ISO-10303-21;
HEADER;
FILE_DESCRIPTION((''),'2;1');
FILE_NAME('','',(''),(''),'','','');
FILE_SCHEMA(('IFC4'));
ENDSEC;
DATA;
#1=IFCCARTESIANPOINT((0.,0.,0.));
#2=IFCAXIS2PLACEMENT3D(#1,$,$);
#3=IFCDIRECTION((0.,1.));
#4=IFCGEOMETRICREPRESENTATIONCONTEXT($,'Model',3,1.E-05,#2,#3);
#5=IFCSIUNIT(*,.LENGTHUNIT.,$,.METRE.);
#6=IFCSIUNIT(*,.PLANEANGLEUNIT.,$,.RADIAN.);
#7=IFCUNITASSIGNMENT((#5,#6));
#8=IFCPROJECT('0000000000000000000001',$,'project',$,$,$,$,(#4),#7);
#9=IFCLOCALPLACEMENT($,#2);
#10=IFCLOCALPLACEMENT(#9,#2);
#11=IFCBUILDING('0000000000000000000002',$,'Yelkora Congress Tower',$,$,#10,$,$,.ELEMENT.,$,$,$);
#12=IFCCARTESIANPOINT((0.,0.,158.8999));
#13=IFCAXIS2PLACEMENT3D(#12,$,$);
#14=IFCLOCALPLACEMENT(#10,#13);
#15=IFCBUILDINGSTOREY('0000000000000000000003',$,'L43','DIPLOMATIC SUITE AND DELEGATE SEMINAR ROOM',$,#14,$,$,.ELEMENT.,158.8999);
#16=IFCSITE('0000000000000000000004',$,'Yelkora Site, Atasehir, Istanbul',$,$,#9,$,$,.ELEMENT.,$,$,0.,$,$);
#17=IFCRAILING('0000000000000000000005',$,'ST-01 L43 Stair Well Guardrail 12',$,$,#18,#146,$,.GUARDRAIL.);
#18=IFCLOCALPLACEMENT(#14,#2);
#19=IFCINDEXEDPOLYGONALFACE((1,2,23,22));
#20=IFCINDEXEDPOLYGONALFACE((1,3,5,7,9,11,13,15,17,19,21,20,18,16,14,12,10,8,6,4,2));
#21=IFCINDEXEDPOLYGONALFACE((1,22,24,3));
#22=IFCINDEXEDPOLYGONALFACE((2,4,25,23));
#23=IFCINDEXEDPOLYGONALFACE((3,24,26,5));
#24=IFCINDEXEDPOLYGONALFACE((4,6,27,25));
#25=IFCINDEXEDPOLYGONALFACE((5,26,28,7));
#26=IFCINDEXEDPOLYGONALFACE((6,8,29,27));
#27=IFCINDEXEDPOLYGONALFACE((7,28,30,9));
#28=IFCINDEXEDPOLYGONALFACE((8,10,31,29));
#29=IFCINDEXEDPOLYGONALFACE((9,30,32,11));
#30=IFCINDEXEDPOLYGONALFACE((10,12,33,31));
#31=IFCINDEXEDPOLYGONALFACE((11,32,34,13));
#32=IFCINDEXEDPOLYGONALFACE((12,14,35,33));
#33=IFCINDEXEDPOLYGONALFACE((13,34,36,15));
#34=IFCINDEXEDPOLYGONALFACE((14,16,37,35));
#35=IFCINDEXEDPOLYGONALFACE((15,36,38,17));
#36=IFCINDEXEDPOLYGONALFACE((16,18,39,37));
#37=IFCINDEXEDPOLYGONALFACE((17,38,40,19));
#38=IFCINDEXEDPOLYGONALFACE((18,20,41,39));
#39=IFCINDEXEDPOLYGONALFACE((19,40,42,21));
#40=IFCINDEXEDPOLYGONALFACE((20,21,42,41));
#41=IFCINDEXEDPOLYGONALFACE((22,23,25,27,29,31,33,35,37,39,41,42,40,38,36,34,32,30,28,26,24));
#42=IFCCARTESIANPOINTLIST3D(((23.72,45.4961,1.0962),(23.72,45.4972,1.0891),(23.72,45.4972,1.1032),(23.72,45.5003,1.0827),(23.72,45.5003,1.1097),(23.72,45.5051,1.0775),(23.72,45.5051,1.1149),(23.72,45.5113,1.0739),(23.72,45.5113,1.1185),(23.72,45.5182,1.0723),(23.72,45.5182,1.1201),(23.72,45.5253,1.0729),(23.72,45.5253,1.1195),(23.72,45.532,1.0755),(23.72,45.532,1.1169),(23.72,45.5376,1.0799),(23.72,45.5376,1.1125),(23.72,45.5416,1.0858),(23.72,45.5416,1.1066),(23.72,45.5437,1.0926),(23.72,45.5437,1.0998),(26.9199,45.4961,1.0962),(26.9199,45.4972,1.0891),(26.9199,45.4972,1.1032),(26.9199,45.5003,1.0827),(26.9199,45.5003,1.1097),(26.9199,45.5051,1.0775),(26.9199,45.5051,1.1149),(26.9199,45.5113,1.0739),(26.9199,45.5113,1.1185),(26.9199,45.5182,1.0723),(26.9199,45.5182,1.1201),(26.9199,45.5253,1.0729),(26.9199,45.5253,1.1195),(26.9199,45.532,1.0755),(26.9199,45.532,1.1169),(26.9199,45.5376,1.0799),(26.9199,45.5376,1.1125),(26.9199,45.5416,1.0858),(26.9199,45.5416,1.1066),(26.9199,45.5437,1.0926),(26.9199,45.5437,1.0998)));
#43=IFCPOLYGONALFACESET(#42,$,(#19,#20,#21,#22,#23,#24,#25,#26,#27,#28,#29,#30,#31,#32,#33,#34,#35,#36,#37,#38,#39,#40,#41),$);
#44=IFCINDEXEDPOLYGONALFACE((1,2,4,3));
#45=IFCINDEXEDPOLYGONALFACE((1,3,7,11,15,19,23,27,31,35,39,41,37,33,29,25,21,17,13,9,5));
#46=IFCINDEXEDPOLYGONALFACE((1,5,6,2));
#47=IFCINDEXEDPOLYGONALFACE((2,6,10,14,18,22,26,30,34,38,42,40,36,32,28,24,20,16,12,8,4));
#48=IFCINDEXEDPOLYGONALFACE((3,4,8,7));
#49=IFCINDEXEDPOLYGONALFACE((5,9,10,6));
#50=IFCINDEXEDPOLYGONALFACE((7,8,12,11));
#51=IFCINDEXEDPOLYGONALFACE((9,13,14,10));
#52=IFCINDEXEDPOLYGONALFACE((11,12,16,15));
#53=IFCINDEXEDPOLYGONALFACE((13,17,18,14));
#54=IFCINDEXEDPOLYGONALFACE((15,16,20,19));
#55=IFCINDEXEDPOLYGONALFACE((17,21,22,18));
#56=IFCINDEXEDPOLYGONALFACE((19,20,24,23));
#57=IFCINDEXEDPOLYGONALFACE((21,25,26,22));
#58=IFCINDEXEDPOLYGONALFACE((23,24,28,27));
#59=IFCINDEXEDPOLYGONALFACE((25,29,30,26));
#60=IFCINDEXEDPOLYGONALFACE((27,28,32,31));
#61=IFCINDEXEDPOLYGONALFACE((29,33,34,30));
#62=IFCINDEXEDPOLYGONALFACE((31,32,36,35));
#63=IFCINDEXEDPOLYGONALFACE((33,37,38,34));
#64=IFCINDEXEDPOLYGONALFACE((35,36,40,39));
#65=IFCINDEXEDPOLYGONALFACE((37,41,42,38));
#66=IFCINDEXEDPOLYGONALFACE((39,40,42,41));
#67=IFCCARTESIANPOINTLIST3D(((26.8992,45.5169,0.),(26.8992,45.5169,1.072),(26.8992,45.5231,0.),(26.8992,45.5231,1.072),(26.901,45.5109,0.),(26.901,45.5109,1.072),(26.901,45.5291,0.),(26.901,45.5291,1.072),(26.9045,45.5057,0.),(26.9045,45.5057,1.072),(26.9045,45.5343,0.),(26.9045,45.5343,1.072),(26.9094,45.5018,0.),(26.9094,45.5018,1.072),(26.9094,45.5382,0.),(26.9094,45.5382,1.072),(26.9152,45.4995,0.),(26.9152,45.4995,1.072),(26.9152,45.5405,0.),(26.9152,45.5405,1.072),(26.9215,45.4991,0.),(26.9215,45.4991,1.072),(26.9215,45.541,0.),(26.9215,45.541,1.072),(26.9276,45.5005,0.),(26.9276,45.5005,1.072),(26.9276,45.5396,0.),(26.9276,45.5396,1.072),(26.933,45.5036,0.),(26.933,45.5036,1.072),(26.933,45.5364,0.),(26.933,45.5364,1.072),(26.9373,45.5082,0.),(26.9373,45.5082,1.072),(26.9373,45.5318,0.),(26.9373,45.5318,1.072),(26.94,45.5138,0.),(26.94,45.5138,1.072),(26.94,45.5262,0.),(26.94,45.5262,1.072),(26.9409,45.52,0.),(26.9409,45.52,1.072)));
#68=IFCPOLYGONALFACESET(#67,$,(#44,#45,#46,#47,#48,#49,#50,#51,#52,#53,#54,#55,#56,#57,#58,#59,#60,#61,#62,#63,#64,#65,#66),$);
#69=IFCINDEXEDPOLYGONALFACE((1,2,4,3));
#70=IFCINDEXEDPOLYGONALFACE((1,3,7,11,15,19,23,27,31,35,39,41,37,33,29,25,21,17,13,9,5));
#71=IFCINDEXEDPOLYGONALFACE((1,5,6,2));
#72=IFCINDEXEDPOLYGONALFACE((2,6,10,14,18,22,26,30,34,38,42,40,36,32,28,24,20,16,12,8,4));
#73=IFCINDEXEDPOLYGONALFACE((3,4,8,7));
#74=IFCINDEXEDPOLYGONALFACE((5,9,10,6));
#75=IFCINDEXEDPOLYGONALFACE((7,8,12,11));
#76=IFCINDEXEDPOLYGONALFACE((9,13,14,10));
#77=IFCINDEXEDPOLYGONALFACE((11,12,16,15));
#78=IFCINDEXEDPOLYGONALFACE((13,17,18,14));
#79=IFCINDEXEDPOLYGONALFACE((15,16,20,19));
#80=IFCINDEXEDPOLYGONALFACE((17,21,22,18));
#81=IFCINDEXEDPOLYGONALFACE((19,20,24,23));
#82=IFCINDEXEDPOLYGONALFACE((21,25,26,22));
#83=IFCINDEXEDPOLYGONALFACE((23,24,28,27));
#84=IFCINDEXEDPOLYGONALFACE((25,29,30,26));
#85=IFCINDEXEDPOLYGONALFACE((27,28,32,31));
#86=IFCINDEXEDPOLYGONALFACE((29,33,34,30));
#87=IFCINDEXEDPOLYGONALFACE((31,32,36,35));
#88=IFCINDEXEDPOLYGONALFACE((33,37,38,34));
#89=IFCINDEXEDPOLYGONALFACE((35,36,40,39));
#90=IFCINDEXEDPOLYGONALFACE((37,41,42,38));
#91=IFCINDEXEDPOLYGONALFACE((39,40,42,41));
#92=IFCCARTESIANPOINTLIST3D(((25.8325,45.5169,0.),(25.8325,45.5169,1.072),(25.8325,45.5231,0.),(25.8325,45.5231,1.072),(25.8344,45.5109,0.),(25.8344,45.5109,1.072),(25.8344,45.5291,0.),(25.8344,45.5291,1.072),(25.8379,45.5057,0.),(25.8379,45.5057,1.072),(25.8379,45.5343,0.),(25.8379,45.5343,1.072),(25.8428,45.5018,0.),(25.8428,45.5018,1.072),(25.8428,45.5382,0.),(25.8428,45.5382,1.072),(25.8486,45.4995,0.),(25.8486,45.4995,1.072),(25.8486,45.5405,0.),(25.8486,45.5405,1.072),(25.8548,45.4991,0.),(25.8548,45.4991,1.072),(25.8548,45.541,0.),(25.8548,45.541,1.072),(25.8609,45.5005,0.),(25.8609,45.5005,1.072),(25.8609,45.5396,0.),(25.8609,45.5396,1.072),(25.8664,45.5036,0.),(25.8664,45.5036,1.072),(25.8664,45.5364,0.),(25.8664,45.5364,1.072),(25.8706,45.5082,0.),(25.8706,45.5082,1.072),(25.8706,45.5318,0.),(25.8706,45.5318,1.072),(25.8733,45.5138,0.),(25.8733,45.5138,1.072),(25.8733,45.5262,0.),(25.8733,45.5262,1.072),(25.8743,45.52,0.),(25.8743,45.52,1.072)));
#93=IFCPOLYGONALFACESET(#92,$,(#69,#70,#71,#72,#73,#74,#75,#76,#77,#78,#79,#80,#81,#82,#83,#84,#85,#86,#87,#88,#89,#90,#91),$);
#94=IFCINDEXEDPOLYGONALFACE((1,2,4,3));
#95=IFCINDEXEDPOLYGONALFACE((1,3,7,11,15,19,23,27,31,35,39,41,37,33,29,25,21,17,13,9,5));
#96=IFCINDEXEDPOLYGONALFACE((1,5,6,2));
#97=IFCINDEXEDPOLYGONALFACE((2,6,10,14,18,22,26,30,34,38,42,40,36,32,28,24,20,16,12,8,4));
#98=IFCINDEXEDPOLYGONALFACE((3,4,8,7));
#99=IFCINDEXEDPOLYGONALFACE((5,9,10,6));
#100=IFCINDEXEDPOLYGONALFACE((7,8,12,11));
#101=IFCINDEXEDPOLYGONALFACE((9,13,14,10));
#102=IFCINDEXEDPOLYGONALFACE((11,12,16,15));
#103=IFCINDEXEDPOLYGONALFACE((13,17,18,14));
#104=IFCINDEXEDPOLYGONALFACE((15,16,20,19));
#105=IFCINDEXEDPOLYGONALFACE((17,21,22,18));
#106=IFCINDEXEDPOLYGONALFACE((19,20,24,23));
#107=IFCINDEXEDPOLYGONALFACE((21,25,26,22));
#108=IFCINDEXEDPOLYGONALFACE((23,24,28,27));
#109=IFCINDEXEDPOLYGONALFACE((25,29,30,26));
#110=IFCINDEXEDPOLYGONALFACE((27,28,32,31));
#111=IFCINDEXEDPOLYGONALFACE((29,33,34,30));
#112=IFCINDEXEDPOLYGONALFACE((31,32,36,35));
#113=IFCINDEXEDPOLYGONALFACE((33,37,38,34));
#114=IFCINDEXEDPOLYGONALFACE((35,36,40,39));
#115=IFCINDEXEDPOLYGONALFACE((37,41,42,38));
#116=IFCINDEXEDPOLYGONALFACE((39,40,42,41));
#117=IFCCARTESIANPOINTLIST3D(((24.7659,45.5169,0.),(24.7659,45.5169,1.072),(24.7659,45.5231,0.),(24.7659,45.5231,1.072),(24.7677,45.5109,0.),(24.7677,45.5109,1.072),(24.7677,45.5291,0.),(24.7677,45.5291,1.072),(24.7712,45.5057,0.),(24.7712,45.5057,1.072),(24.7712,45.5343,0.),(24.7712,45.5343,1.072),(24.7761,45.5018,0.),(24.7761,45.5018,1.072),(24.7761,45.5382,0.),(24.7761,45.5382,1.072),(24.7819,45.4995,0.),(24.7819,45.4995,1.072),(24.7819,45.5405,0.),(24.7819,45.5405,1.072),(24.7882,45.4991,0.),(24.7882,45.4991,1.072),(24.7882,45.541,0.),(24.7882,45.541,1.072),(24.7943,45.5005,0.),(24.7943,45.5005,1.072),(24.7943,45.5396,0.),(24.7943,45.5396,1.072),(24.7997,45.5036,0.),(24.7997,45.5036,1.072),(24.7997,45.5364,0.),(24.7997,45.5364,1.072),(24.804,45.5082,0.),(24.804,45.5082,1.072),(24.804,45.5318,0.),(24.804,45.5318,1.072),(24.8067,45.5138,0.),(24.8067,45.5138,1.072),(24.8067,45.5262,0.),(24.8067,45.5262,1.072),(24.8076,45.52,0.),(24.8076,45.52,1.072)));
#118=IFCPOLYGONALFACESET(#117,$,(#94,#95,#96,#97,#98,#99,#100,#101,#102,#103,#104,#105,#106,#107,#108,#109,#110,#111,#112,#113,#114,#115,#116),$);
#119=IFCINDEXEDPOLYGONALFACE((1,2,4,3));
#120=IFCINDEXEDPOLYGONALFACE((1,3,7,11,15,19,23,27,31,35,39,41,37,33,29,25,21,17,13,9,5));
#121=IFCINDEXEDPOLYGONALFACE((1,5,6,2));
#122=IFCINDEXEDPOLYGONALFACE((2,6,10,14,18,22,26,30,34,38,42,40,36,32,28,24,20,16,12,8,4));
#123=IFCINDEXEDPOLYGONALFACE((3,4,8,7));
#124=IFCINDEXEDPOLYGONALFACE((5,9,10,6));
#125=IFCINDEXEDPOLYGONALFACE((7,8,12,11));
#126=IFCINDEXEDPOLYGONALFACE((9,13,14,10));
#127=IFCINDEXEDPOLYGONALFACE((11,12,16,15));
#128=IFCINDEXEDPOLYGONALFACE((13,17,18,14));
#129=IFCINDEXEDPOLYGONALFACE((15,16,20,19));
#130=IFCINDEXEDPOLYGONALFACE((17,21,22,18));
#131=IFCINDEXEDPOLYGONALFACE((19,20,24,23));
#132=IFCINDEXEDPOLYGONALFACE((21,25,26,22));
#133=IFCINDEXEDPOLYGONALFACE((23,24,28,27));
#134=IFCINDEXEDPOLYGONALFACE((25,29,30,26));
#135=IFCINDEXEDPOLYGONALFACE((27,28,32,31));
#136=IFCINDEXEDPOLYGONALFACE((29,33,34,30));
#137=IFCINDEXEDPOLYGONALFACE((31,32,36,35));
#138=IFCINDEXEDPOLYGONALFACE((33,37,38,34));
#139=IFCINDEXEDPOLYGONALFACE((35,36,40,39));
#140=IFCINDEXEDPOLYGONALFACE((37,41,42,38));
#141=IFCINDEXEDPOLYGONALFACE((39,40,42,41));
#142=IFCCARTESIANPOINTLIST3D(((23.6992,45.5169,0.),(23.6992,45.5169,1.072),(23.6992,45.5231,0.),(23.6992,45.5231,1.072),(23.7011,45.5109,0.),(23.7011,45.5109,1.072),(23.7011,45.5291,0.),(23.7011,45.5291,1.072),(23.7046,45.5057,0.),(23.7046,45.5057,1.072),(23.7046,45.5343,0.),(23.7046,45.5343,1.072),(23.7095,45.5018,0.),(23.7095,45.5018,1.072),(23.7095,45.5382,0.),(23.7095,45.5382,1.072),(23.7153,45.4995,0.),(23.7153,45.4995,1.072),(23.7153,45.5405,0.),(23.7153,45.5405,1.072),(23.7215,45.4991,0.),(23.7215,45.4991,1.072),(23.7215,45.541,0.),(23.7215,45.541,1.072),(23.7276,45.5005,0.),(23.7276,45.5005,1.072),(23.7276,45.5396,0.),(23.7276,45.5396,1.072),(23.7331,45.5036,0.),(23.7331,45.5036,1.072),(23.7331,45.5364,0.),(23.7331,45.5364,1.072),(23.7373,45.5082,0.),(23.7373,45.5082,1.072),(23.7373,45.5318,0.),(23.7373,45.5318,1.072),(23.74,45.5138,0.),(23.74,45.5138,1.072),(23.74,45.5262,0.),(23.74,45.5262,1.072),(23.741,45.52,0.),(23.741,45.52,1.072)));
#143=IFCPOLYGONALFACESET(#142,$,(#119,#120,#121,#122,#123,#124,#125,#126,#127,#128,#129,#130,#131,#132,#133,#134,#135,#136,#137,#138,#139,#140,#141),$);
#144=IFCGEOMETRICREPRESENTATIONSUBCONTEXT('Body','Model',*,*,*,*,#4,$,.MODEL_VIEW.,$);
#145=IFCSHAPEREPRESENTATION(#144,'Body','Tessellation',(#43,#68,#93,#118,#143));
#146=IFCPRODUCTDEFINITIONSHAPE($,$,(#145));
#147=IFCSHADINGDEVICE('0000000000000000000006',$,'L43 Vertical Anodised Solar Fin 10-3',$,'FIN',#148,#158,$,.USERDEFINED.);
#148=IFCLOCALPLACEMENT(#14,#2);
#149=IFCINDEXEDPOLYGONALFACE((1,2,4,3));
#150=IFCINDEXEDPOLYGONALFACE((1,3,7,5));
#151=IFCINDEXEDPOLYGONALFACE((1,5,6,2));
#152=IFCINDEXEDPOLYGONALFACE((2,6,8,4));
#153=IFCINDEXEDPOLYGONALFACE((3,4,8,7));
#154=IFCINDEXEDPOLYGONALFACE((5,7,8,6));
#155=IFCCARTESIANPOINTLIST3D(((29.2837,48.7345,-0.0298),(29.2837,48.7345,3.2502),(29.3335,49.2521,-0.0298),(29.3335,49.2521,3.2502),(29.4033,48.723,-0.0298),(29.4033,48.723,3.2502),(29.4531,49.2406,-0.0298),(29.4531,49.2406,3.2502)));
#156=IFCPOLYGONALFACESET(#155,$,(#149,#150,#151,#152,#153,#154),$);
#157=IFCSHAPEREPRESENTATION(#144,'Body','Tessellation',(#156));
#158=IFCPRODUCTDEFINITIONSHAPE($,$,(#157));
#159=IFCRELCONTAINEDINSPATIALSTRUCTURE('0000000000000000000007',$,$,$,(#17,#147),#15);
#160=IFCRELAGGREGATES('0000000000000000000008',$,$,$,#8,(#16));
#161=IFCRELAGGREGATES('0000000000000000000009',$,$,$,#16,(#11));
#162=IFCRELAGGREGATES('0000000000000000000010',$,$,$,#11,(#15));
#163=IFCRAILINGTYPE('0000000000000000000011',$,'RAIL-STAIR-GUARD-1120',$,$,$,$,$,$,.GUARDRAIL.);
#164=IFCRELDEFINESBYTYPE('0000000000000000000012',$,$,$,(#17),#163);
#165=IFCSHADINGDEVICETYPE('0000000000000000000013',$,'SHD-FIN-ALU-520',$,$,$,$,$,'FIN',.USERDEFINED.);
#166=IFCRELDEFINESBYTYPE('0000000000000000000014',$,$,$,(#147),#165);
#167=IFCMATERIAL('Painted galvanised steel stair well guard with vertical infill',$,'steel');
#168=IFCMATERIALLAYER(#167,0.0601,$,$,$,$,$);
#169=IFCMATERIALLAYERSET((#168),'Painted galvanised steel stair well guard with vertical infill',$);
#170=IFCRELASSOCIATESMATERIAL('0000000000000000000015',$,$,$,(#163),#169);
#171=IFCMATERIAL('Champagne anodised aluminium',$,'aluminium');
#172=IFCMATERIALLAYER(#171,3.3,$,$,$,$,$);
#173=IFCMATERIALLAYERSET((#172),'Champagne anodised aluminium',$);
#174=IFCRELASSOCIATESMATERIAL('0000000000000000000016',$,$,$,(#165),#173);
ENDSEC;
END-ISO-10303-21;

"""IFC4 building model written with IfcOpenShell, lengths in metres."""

from ifc_helpers import new_model, si_unit, direction, frame, origin, origin_2d, place, context, subcontext, project, spatial, rectangle, circle, extrude, material, layer, layer_set, type_object, element, save


model = new_model("IFC4")

# Units and contexts
model_context = context("Model", 3, precision=1e-05, world=origin(), true_north=direction((0.0, 1.0)))
body_context = subcontext(model_context, "Body", "Model", "MODEL_VIEW")
ifc_project = project(units=[si_unit("LENGTHUNIT", "METRE"), si_unit("PLANEANGLEUNIT", "RADIAN")], contexts=[model_context])

# Site, building, storey
site_placement = place(None, origin())
site = spatial("IfcSite", under=ifc_project, at=site_placement, Name="Yelkora Site, Atasehir, Istanbul", CompositionType="ELEMENT", RefElevation=0.0)
building_placement = place(site_placement, origin())
building = spatial("IfcBuilding", under=site, at=building_placement, Name="Yelkora Congress Tower", CompositionType="ELEMENT")
storey_placement = place(building_placement, frame((0.0, 0.0, 158.8999)))
storey = spatial("IfcBuildingStorey", under=building, at=storey_placement, Name="L43", Description="DIPLOMATIC SUITE AND DELEGATE SEMINAR ROOM", CompositionType="ELEMENT", Elevation=158.8999)

# Railing
ifc_material_1 = material(Name="Painted galvanised steel stair well guard with vertical infill", Category="steel")
ifc_layer_1 = layer(ifc_material_1, 0.0601)
ifc_layer_set_1 = layer_set([ifc_layer_1], Name="Painted galvanised steel stair well guard with vertical infill")
railing_type = type_object("IfcRailingType", Name="RAIL-STAIR-GUARD-1120", PredefinedType="GUARDRAIL", material=ifc_layer_set_1)
railing_1_placement = place(storey_placement, frame((26.9199, 45.52, 0.0)))
element("IfcRailing", 1, at=railing_1_placement, inside=storey, type_object=railing_type, Name="ST-01 L43 Stair Well Guardrail 12", PredefinedType="GUARDRAIL", context=body_context, shape_type="SweptSolid", body=[
    extrude(circle(Radius=0.0239, at=origin_2d()), frame((0.0, 0.0, 1.0962), z_axis=(-1.0, 0.0, 0.0), x_axis=(0.0, -1.0, 0.0)), (0.0, 0.0, 1.0), 3.2),
    extrude(circle(Radius=0.021, at=origin_2d()), origin(), (0.0, 0.0, 1.0), 1.072),
    extrude(circle(Radius=0.021, at=origin_2d()), frame((-1.0667, 0.0, 0.0)), (0.0, 0.0, 1.0), 1.072),
    extrude(circle(Radius=0.021, at=origin_2d()), frame((-2.1333, 0.0, 0.0)), (0.0, 0.0, 1.0), 1.072),
    extrude(circle(Radius=0.021, at=origin_2d()), frame((-3.2, 0.0, 0.0)), (0.0, 0.0, 1.0), 1.072),
])

# Shading device
ifc_material_2 = material(Name="Champagne anodised aluminium", Category="aluminium")
ifc_layer_2 = layer(ifc_material_2, 3.3)
ifc_layer_set_2 = layer_set([ifc_layer_2], Name="Champagne anodised aluminium")
shading_device_type = type_object("IfcShadingDeviceType", Name="SHD-FIN-ALU-520", ElementType="FIN", PredefinedType="USERDEFINED", material=ifc_layer_set_2)
shading_device_placement = place(storey_placement, frame((29.3684, 48.9875, -0.0298), z_axis=(0.0, 0.0, 1.0), x_axis=(0.995396, -0.095846, 0.0)))
element("IfcShadingDevice", 2, at=shading_device_placement, inside=storey, type_object=shading_device_type, Name="L43 Vertical Anodised Solar Fin 10-3", ObjectType="FIN", PredefinedType="USERDEFINED", context=body_context, shape_type="SweptSolid", body=[
    extrude(rectangle(XDim=0.1201, YDim=0.52, at=origin_2d()), origin(), (0.0, 0.0, 1.0), 3.28),
])

save(model, "model.ifc")
